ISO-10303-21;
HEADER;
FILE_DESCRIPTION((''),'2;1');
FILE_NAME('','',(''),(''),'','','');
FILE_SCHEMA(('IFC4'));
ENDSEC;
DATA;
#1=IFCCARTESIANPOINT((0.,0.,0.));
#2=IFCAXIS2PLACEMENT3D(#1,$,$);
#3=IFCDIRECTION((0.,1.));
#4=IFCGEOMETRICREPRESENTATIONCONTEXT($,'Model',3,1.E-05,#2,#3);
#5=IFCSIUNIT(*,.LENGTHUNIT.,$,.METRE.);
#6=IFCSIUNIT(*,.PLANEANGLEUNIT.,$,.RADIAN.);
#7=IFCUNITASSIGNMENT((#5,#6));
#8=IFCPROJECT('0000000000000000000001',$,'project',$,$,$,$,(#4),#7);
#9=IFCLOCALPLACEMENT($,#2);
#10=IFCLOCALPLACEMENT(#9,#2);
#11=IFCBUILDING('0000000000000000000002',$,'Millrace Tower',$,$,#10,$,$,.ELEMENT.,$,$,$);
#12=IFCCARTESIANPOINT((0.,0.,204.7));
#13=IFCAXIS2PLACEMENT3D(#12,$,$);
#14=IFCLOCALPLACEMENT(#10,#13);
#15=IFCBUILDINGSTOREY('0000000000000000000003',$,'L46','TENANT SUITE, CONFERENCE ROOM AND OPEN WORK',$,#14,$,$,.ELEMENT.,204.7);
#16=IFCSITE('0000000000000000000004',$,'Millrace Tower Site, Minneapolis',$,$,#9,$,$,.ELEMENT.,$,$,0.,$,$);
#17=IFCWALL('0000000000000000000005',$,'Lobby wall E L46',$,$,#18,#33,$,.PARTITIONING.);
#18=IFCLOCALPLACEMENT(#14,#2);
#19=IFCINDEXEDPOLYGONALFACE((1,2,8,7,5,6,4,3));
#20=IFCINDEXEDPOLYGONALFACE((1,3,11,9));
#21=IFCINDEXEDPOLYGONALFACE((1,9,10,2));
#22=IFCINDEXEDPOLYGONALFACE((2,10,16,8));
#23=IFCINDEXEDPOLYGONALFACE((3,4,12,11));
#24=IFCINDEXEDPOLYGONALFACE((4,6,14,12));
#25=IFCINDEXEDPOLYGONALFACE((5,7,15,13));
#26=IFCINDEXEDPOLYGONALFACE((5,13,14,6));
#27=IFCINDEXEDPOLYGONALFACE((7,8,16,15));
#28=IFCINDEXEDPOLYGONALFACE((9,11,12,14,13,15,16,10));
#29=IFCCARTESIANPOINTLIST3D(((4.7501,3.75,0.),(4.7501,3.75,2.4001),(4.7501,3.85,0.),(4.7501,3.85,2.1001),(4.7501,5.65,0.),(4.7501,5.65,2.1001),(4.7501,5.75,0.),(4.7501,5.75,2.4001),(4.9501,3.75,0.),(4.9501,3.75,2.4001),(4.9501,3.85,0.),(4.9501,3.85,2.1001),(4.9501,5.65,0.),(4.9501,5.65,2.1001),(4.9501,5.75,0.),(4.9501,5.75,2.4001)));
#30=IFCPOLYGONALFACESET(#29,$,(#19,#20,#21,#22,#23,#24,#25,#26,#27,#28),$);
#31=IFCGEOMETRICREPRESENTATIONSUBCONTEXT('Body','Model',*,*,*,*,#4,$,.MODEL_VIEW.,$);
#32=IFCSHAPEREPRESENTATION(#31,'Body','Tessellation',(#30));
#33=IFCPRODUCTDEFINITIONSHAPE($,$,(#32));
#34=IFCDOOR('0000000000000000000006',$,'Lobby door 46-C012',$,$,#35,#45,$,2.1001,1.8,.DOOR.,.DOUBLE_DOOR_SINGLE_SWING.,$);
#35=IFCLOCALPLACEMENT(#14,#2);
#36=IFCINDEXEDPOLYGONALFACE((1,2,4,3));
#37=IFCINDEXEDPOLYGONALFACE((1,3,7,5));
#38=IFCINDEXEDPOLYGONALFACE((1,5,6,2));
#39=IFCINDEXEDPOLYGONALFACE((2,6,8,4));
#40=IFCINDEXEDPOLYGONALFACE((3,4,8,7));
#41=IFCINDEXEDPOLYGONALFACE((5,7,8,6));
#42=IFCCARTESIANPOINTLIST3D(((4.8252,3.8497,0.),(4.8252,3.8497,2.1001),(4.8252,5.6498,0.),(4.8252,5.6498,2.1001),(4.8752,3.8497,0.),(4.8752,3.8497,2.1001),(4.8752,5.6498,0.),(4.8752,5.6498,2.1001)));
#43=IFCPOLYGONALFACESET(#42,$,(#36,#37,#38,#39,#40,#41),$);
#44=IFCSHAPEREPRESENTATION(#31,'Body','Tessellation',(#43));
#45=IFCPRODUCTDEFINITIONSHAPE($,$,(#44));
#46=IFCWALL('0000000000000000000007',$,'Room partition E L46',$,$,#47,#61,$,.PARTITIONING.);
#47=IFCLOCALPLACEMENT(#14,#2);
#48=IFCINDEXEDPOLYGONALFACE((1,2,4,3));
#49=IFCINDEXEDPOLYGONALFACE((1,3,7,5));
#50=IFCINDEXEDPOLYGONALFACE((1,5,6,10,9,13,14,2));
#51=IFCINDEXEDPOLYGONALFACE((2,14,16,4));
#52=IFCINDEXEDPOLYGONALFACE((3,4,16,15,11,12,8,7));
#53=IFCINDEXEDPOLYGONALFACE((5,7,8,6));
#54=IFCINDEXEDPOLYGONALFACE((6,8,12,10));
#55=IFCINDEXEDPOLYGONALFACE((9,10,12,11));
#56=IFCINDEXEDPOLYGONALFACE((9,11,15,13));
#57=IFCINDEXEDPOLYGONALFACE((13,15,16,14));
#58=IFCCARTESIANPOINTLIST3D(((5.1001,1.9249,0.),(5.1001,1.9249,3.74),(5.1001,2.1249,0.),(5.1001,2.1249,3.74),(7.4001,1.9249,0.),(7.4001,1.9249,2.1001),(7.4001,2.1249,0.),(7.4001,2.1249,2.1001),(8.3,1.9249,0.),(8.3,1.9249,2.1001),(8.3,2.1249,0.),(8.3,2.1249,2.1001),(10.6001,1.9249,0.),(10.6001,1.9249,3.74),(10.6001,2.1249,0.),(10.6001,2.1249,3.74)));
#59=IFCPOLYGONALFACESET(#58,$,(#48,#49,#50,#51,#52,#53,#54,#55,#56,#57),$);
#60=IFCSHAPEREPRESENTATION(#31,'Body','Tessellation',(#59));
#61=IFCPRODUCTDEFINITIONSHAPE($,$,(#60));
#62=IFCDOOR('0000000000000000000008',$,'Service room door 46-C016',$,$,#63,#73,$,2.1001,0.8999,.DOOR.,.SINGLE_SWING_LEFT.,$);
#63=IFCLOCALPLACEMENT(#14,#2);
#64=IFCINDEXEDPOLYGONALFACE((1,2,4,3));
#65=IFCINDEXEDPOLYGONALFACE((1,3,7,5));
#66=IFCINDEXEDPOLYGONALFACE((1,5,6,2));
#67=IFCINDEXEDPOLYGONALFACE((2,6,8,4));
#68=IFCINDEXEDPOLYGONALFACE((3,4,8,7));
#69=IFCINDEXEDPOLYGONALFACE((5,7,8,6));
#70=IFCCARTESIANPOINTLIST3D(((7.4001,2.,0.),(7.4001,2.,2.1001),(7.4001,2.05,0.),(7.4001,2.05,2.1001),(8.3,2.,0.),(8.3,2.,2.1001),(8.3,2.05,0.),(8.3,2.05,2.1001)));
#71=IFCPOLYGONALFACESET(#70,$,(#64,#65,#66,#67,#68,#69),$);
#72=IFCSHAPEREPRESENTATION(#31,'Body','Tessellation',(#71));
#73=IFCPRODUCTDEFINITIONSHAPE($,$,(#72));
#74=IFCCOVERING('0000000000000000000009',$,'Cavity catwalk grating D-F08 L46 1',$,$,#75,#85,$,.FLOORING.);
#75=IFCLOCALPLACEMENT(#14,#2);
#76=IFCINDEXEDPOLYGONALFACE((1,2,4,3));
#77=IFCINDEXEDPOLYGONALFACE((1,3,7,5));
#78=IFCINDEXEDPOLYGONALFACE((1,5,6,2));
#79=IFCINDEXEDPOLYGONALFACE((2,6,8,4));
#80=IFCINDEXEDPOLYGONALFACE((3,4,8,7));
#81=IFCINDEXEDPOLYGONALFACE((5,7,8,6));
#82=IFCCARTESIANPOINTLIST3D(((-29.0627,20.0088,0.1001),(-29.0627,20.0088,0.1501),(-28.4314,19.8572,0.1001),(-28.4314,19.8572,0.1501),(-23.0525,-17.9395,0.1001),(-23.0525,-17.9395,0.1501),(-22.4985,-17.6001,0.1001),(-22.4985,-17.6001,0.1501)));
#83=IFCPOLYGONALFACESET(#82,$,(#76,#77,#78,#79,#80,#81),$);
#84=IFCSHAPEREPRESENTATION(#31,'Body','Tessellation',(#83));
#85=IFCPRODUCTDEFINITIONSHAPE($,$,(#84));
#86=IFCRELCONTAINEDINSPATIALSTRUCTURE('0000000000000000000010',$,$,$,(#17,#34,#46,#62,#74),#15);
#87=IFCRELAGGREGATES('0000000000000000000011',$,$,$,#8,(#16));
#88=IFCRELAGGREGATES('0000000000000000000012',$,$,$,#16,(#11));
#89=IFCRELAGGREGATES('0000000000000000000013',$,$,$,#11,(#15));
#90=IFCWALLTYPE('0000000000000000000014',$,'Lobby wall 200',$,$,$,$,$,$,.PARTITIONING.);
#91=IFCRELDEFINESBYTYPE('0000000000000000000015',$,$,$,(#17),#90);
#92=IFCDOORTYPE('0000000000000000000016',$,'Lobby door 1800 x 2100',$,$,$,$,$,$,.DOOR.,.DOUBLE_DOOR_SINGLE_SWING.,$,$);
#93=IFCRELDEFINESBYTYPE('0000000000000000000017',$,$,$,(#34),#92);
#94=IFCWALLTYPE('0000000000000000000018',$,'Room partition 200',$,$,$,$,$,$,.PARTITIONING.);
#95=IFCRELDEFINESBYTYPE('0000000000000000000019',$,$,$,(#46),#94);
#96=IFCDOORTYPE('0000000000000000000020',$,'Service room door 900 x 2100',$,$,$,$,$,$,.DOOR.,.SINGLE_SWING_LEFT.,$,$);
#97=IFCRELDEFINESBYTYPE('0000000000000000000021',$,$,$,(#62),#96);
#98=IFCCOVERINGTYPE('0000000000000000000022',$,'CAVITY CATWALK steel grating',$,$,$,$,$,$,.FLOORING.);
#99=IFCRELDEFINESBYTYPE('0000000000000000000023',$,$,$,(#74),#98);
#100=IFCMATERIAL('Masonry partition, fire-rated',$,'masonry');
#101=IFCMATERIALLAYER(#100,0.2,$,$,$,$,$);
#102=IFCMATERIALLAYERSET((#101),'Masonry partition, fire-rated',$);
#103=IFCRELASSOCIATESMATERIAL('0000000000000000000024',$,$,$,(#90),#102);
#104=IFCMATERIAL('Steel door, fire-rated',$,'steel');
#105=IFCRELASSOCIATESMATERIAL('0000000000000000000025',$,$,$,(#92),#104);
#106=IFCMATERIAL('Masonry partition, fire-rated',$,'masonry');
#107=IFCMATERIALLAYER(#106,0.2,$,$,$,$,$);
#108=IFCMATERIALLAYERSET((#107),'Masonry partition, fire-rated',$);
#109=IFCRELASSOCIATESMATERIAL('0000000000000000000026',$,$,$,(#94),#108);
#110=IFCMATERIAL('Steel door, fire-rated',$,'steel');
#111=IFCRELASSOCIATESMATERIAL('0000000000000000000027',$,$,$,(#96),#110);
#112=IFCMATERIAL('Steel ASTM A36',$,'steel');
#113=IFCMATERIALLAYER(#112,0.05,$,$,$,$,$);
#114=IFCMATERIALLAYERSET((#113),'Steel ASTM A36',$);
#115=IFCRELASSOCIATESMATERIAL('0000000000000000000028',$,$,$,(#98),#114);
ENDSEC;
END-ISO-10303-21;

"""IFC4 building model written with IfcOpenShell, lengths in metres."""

from ifc_helpers import new_model, si_unit, direction, frame, frame_2d, origin, place, context, subcontext, project, spatial, polyline, rectangle, outline, extrude, material, layer, layer_set, type_object, element, fill, save


model = new_model("IFC4")

# Units and contexts
model_context = context("Model", 3, precision=1e-05, world=origin(), true_north=direction((0.0, 1.0)))
body_context = subcontext(model_context, "Body", "Model", "MODEL_VIEW")
ifc_project = project(units=[si_unit("LENGTHUNIT", "METRE"), si_unit("PLANEANGLEUNIT", "RADIAN")], contexts=[model_context])

# Site, building, storey
site_placement = place(None, origin())
site = spatial("IfcSite", under=ifc_project, at=site_placement, Name="Millrace Tower Site, Minneapolis", CompositionType="ELEMENT", RefElevation=0.0)
building_placement = place(site_placement, origin())
building = spatial("IfcBuilding", under=site, at=building_placement, Name="Millrace Tower", CompositionType="ELEMENT")
storey_placement = place(building_placement, frame((0.0, 0.0, 204.7)))
storey = spatial("IfcBuildingStorey", under=building, at=storey_placement, Name="L46", Description="TENANT SUITE, CONFERENCE ROOM AND OPEN WORK", CompositionType="ELEMENT", Elevation=204.7)

# Walls, openings, doors
ifc_material_1 = material(Name="Masonry partition, fire-rated", Category="masonry")
ifc_layer_1 = layer(ifc_material_1, 0.2)
ifc_layer_set_1 = layer_set([ifc_layer_1], Name="Masonry partition, fire-rated")
wall_type_1 = type_object("IfcWallType", Name="Lobby wall 200", PredefinedType="PARTITIONING", material=ifc_layer_set_1)
wall_1_placement = place(storey_placement, frame((4.8501, 5.75, 0.0), z_axis=(0.0, 0.0, 1.0), x_axis=(0.0, -1.0, 0.0)))
wall_1 = element("IfcWall", 1, at=wall_1_placement, inside=storey, type_object=wall_type_1, Name="Lobby wall E L46", PredefinedType="PARTITIONING", context=body_context, shape_type="SweptSolid", body=[
    extrude(rectangle(XDim=2.0, YDim=0.2, at=frame_2d((1.0, 0.0))), origin(), (0.0, 0.0, 1.0), 2.4001),
])
opening_1_placement = place(wall_1_placement, frame((0.1001, 0.0, 0.0)))
opening_1 = element("IfcOpeningElement", 2, at=opening_1_placement, cuts=wall_1, PredefinedType="OPENING", context=body_context, shape_type="SweptSolid", body=[
    extrude(rectangle(XDim=1.8, YDim=2.1001, at=frame_2d((0.8999, 1.05))), frame((0.0, 0.1099, 0.0), z_axis=(0.0, -1.0, 0.0), x_axis=(1.0, 0.0, 0.0)), (0.0, 0.0, 1.0), 0.22),
])
ifc_material_2 = material(Name="Steel door, fire-rated", Category="steel")
door_type_1 = type_object("IfcDoorType", Name="Lobby door 1800 x 2100", OperationType="DOUBLE_DOOR_SINGLE_SWING", PredefinedType="DOOR", material=ifc_material_2)
door_1_placement = place(opening_1_placement, frame((1.8, 0.0, 0.0), z_axis=(0.0, 0.0, 1.0), x_axis=(-1.0, 0.0, 0.0)))
door_1 = element("IfcDoor", 3, at=door_1_placement, inside=storey, type_object=door_type_1, Name="Lobby door 46-C012", OperationType="DOUBLE_DOOR_SINGLE_SWING", OverallHeight=2.1001, OverallWidth=1.8, PredefinedType="DOOR", context=body_context, shape_type="SweptSolid", body=[
    extrude(rectangle(XDim=1.8, YDim=2.1001, at=frame_2d((0.8999, 1.05))), frame((0.0, 0.0249, 0.0), z_axis=(0.0, -1.0, 0.0), x_axis=(1.0, 0.0, 0.0)), (0.0, 0.0, 1.0), 0.05),
])
fill(opening_1, door_1)
ifc_material_3 = material(Name="Masonry partition, fire-rated", Category="masonry")
ifc_layer_2 = layer(ifc_material_3, 0.2)
ifc_layer_set_2 = layer_set([ifc_layer_2], Name="Masonry partition, fire-rated")
wall_type_2 = type_object("IfcWallType", Name="Room partition 200", PredefinedType="PARTITIONING", material=ifc_layer_set_2)
wall_2_placement = place(storey_placement, frame((10.6001, 2.0249, 0.0), z_axis=(0.0, 0.0, 1.0), x_axis=(-1.0, 0.0, 0.0)))
wall_2 = element("IfcWall", 4, at=wall_2_placement, inside=storey, type_object=wall_type_2, Name="Room partition E L46", PredefinedType="PARTITIONING", context=body_context, shape_type="SweptSolid", body=[
    extrude(rectangle(XDim=5.5, YDim=0.2, at=frame_2d((2.75, 0.0))), origin(), (0.0, 0.0, 1.0), 3.74),
])
opening_2_placement = place(wall_2_placement, frame((2.3, 0.0, 0.0)))
opening_2 = element("IfcOpeningElement", 5, at=opening_2_placement, cuts=wall_2, PredefinedType="OPENING", context=body_context, shape_type="SweptSolid", body=[
    extrude(rectangle(XDim=0.8999, YDim=2.1001, at=frame_2d((0.45, 1.05))), frame((0.0, 0.1099, 0.0), z_axis=(0.0, -1.0, 0.0), x_axis=(1.0, 0.0, 0.0)), (0.0, 0.0, 1.0), 0.22),
])
ifc_material_4 = material(Name="Steel door, fire-rated", Category="steel")
door_type_2 = type_object("IfcDoorType", Name="Service room door 900 x 2100", OperationType="SINGLE_SWING_LEFT", PredefinedType="DOOR", material=ifc_material_4)
door_2_placement = place(opening_2_placement, origin())
door_2 = element("IfcDoor", 6, at=door_2_placement, inside=storey, type_object=door_type_2, Name="Service room door 46-C016", OperationType="SINGLE_SWING_LEFT", OverallHeight=2.1001, OverallWidth=0.8999, PredefinedType="DOOR", context=body_context, shape_type="SweptSolid", body=[
    extrude(rectangle(XDim=0.8999, YDim=2.1001, at=frame_2d((0.45, 1.05))), frame((0.0, 0.0249, 0.0), z_axis=(0.0, -1.0, 0.0), x_axis=(1.0, 0.0, 0.0)), (0.0, 0.0, 1.0), 0.05),
])
fill(opening_2, door_2)

# Covering
ifc_material_5 = material(Name="Steel ASTM A36", Category="steel")
ifc_layer_3 = layer(ifc_material_5, 0.05)
ifc_layer_set_3 = layer_set([ifc_layer_3], Name="Steel ASTM A36")
covering_type = type_object("IfcCoveringType", Name="CAVITY CATWALK steel grating", PredefinedType="FLOORING", material=ifc_layer_set_3)
covering_placement = place(storey_placement, frame((0.0, 0.0, 0.1001)))
element("IfcCovering", 7, at=covering_placement, inside=storey, type_object=covering_type, Name="Cavity catwalk grating D-F08 L46 1", PredefinedType="FLOORING", context=body_context, shape_type="SweptSolid", body=[
    extrude(outline(polyline([(-29.0627, 20.0088), (-23.0525, -17.9395), (-22.4985, -17.6001), (-28.4314, 19.8572), (-29.0627, 20.0088)])), origin(), (0.0, 0.0, 1.0), 0.05),
])

save(model, "model.ifc")
